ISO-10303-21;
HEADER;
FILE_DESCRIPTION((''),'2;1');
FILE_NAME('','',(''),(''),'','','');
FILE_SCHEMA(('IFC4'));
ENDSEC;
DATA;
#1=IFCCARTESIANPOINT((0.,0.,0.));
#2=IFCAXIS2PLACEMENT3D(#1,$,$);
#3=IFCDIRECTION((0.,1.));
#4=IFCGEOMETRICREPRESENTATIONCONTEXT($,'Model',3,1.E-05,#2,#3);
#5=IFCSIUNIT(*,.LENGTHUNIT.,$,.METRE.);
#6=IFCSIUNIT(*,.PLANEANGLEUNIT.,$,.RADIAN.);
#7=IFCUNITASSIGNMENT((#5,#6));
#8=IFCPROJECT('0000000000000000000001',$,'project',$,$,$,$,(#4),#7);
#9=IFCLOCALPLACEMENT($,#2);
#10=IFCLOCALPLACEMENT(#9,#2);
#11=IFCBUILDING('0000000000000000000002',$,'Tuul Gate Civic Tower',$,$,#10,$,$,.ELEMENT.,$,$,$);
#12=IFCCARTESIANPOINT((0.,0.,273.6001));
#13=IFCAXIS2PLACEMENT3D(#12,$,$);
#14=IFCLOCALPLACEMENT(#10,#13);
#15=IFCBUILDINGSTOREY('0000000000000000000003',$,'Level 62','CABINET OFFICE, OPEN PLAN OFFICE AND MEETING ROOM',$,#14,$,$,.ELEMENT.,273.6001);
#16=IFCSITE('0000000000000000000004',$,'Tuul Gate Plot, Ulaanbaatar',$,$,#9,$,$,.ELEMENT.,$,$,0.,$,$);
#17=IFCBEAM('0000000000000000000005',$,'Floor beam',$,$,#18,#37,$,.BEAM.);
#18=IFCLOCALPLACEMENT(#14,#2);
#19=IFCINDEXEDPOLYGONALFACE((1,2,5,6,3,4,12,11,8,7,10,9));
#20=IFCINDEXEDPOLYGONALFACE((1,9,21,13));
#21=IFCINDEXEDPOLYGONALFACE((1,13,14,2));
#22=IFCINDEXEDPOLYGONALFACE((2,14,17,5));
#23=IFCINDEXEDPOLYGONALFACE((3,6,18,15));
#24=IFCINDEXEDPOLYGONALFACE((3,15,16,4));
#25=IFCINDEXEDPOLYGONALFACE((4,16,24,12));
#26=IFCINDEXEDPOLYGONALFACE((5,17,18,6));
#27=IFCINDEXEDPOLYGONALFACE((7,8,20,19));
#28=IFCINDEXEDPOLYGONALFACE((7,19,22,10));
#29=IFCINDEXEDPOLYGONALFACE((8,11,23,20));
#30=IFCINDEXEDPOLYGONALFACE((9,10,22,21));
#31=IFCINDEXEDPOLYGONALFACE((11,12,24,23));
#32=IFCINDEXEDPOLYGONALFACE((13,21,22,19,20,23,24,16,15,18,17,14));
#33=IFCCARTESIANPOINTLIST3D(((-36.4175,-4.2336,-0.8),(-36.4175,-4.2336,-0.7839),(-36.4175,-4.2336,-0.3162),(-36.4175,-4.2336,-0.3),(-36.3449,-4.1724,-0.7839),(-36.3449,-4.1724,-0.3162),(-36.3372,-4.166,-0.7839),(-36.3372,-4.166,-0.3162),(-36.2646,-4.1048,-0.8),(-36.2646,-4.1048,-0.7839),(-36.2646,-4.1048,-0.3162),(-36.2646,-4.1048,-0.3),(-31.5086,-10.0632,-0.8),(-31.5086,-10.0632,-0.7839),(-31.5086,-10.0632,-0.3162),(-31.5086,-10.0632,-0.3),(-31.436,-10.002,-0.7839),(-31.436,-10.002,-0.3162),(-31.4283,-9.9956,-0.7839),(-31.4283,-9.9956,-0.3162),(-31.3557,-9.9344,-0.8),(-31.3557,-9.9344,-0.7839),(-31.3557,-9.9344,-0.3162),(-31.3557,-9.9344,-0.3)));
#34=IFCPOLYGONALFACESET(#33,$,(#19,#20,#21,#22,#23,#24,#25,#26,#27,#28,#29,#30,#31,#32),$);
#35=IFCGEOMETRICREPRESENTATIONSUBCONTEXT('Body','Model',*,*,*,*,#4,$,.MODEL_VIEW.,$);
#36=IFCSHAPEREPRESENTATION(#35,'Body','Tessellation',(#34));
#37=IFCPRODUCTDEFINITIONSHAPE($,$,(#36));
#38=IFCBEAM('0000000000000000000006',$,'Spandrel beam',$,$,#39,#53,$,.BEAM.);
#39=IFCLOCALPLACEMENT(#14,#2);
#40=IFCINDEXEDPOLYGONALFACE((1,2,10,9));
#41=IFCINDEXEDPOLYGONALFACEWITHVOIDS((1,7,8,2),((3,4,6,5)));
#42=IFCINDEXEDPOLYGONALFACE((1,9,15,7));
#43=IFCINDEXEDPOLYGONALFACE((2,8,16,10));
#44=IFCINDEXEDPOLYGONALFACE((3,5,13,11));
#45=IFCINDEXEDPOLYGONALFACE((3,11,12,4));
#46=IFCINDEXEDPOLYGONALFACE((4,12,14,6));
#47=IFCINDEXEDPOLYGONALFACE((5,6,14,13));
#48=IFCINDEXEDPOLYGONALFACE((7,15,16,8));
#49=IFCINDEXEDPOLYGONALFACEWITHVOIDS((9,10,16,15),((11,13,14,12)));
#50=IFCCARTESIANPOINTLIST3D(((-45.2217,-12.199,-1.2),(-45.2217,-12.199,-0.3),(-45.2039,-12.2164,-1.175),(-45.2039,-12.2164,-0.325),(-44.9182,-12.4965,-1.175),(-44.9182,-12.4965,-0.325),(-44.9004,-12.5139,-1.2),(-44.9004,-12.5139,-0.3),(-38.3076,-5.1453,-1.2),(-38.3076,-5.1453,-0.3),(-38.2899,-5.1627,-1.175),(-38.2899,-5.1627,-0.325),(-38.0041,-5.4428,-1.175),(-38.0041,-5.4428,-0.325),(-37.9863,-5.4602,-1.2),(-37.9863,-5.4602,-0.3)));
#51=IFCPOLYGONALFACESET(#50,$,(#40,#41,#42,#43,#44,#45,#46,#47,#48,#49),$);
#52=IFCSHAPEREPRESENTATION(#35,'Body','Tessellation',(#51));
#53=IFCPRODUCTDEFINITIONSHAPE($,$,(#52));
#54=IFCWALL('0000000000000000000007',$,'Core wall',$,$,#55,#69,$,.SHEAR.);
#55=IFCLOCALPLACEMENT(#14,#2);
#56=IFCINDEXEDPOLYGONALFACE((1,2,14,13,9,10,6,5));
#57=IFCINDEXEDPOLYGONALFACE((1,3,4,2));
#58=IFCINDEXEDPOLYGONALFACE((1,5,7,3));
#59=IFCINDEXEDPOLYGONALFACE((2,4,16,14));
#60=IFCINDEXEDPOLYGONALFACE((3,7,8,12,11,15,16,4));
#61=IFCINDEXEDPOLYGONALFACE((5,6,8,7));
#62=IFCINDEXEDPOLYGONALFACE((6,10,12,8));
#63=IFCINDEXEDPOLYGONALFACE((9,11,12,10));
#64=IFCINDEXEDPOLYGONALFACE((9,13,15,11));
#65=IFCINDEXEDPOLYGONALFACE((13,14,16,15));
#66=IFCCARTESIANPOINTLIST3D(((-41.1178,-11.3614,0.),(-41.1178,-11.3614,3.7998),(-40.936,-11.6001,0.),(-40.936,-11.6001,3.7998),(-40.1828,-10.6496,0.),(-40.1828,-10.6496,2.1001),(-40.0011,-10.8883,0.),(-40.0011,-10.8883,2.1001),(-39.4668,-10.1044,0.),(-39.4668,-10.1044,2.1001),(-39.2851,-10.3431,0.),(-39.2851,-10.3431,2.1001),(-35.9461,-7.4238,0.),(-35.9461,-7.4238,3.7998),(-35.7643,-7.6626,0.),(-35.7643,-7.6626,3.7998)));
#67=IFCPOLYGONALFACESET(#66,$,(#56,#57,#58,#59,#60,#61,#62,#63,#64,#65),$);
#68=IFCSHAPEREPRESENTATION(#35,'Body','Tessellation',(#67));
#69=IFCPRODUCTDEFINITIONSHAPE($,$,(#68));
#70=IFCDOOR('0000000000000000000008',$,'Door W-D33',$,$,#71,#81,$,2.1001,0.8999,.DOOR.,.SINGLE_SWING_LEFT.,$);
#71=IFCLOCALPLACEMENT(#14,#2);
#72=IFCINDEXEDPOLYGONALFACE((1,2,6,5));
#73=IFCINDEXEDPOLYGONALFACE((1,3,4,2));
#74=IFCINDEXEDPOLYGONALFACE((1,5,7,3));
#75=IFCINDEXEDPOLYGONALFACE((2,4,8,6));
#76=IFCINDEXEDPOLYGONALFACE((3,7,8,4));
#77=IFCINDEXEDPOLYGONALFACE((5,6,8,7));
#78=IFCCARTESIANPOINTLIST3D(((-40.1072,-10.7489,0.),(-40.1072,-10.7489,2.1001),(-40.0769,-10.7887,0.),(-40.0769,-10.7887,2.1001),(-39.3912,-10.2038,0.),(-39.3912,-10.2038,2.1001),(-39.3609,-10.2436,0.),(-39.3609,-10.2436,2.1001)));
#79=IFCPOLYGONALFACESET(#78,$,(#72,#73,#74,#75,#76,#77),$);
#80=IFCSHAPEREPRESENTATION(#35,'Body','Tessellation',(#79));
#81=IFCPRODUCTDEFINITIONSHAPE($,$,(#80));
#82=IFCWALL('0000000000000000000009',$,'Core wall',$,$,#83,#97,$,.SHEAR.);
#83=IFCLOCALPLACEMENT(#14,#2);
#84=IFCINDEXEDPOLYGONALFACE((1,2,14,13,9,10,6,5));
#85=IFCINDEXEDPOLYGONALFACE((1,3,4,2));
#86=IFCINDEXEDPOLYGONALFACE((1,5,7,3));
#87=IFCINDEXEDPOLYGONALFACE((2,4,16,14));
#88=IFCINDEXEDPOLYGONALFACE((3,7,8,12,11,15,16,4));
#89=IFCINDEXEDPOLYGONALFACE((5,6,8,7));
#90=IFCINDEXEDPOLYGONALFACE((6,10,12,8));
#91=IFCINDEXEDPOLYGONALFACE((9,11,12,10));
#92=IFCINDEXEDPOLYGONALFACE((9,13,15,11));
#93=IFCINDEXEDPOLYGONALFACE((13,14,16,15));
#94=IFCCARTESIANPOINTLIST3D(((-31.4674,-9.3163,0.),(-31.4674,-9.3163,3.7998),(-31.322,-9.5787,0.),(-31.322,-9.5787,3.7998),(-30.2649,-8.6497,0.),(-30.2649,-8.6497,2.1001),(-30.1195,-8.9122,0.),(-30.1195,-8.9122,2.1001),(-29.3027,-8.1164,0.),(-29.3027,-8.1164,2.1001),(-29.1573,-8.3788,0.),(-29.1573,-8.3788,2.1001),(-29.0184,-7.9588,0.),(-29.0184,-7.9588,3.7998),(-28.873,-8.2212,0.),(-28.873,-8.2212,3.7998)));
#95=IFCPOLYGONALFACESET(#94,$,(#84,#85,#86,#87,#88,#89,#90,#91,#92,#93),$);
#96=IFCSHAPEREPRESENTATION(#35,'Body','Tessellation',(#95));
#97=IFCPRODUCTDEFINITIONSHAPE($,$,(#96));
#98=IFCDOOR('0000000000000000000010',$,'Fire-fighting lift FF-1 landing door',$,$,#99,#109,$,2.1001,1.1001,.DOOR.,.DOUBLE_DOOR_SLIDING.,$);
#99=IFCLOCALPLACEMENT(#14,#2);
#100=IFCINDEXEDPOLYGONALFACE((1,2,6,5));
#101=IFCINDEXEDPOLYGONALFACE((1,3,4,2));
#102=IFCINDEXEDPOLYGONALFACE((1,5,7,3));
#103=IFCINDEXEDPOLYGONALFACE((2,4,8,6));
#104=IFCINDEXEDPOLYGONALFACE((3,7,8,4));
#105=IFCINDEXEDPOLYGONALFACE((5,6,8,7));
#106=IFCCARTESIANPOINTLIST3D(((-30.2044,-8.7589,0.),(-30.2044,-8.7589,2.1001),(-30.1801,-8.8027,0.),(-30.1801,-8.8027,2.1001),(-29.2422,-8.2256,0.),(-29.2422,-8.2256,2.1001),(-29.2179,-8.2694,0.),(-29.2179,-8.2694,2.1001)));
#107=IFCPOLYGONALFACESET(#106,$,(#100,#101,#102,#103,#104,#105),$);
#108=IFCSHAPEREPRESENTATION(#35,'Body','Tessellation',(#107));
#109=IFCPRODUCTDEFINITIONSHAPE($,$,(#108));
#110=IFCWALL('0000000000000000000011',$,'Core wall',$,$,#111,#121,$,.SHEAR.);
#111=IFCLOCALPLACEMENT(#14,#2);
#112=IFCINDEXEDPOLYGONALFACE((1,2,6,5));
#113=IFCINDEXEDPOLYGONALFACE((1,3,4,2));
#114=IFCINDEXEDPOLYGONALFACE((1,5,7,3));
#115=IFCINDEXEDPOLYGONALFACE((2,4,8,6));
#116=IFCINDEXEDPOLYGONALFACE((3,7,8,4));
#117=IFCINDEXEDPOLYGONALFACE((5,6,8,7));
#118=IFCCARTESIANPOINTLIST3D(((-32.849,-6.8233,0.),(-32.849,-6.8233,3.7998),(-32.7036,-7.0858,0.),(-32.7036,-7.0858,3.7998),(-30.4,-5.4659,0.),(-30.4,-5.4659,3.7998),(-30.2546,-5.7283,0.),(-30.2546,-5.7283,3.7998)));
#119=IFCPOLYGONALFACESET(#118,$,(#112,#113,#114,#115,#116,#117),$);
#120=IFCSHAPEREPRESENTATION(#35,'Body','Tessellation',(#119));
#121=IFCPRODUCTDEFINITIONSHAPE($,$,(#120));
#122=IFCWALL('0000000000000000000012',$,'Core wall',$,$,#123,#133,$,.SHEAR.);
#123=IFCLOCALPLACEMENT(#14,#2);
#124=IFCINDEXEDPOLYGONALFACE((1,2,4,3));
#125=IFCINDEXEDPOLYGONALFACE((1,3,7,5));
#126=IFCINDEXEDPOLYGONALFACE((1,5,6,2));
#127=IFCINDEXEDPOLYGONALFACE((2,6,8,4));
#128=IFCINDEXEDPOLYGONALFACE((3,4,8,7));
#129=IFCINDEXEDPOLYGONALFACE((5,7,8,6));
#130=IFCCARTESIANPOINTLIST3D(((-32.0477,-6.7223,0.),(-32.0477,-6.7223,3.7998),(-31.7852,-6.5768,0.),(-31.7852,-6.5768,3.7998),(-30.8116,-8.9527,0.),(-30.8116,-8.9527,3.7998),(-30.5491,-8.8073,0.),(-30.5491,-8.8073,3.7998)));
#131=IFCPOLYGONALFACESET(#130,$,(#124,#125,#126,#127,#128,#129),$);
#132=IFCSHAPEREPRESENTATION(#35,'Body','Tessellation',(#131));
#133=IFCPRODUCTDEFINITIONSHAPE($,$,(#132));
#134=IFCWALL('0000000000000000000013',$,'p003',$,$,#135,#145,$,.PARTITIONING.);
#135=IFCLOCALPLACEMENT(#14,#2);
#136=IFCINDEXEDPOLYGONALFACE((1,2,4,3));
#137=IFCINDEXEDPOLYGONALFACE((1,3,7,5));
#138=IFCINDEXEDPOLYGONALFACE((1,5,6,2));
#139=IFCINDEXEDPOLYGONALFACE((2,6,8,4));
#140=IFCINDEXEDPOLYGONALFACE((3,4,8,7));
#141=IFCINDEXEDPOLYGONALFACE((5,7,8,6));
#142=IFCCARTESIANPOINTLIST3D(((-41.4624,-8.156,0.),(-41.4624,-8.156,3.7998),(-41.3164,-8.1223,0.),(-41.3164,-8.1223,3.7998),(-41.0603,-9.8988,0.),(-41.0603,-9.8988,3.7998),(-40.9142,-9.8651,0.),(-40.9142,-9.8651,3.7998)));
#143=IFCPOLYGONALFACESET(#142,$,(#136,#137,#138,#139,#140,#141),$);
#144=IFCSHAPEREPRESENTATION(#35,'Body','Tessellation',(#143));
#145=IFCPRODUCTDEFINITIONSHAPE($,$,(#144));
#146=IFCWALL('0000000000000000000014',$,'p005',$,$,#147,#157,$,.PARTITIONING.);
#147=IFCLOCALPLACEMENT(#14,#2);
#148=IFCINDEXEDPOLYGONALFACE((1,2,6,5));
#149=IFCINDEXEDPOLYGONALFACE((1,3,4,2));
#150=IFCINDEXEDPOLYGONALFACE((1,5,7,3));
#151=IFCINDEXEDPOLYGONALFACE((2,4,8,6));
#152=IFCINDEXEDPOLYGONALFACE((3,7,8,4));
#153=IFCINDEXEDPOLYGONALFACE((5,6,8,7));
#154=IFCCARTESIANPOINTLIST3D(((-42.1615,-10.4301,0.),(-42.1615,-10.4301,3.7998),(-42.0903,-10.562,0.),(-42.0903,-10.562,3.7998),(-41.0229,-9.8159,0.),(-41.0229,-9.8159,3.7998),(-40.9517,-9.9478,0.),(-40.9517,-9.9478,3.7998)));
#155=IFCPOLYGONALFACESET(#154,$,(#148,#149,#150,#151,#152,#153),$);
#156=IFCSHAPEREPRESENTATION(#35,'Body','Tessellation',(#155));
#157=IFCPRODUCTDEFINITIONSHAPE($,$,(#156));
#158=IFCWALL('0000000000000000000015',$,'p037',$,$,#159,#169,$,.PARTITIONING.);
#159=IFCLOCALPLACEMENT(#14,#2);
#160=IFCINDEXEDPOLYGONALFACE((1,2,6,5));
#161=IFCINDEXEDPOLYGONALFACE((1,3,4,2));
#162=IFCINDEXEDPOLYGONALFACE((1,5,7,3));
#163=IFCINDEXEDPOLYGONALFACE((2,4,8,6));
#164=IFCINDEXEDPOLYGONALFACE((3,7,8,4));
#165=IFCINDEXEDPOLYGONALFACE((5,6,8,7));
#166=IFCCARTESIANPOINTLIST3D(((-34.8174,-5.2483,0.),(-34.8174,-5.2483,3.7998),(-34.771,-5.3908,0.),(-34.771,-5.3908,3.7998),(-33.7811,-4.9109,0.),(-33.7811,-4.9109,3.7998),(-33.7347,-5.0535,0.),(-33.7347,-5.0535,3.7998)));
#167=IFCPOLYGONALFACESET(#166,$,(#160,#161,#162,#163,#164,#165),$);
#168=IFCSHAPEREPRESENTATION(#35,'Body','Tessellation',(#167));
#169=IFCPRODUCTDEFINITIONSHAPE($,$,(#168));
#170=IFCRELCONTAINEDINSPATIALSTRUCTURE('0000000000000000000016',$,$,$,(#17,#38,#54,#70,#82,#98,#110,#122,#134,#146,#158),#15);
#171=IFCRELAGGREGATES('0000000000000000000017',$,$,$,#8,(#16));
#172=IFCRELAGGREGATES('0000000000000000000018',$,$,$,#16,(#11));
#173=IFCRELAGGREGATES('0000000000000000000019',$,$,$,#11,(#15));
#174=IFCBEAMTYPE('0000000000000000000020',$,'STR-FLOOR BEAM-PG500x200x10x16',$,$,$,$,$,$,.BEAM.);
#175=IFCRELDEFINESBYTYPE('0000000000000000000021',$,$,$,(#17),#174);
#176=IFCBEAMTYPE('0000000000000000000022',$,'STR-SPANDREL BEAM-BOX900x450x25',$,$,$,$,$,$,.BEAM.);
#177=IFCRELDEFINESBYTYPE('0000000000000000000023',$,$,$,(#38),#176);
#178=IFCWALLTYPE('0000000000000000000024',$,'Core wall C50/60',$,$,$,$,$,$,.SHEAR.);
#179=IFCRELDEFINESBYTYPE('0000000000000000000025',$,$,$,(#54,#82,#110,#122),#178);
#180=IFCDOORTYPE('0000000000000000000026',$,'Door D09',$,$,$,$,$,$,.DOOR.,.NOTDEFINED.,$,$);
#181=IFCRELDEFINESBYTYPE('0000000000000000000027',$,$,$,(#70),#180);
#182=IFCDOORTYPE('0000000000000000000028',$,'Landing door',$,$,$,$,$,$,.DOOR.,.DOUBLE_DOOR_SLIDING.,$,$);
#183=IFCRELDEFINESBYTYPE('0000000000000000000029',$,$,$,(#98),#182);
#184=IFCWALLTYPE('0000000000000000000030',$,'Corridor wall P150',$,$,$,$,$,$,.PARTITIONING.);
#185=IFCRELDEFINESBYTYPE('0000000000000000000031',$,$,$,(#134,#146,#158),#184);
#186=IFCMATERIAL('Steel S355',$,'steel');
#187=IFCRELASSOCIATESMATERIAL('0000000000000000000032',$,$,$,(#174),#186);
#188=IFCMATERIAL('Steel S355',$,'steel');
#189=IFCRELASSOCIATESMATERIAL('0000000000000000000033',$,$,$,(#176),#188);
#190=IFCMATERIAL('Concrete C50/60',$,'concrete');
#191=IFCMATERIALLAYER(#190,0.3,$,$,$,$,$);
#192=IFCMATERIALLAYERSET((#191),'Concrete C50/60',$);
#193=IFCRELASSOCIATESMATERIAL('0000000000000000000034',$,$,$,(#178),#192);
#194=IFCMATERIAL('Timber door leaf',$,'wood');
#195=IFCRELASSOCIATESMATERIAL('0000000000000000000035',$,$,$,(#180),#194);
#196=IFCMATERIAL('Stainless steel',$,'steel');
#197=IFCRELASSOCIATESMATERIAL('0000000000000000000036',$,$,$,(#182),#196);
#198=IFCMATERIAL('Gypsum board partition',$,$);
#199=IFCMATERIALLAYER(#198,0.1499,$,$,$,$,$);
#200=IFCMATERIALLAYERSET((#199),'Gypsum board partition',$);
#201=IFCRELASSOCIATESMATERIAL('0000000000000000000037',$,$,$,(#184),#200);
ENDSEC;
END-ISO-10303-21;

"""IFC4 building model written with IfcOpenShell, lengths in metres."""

from ifc_helpers import new_model, si_unit, direction, frame, frame_2d, origin, origin_2d, place, context, subcontext, project, spatial, rectangle, hollow_rectangle, i_section, extrude, material, layer, layer_set, material_profile, profile_set, type_object, element, fill, save


model = new_model("IFC4")

# Units and contexts
model_context = context("Model", 3, precision=1e-05, world=origin(), true_north=direction((0.0, 1.0)))
body_context = subcontext(model_context, "Body", "Model", "MODEL_VIEW")
ifc_project = project(units=[si_unit("LENGTHUNIT", "METRE"), si_unit("PLANEANGLEUNIT", "RADIAN")], contexts=[model_context])

# Site, building, storey
site_placement = place(None, origin())
site = spatial("IfcSite", under=ifc_project, at=site_placement, Name="Tuul Gate Plot, Ulaanbaatar", CompositionType="ELEMENT", RefElevation=0.0)
building_placement = place(site_placement, origin())
building = spatial("IfcBuilding", under=site, at=building_placement, Name="Tuul Gate Civic Tower", CompositionType="ELEMENT")
storey_placement = place(building_placement, frame((0.0, 0.0, 273.6001)))
storey = spatial("IfcBuildingStorey", under=building, at=storey_placement, Name="Level 62", Description="CABINET OFFICE, OPEN PLAN OFFICE AND MEETING ROOM", CompositionType="ELEMENT", Elevation=273.6001)

# Beams
ifc_material_1 = material(Name="Steel S355", Category="steel")
ifc_material_profile_1 = material_profile(ifc_material_1, i_section(OverallWidth=0.2, OverallDepth=0.5, WebThickness=0.01, FlangeThickness=0.0161, at=origin_2d()), Name="PG500x200x10x16")
ifc_profile_set_1 = profile_set([ifc_material_profile_1], Name="Steel S355")
beam_type_1 = type_object("IfcBeamType", Name="STR-FLOOR BEAM-PG500x200x10x16", PredefinedType="BEAM", material=ifc_profile_set_1)
beam_1_placement = place(storey_placement, frame((-31.4321, -9.9988, -0.55), z_axis=(-0.644121, 0.764924, 0.0), x_axis=(-0.764924, -0.644121, 0.0)))
element("IfcBeam", 1, at=beam_1_placement, inside=storey, type_object=beam_type_1, Name="Floor beam", PredefinedType="BEAM", context=body_context, shape_type="SweptSolid", body=[
    extrude(i_section(OverallWidth=0.2, OverallDepth=0.5, WebThickness=0.01, FlangeThickness=0.0161, at=origin_2d()), origin(), (0.0, 0.0, 1.0), 7.6211),
])
ifc_material_2 = material(Name="Steel S355", Category="steel")
ifc_material_profile_2 = material_profile(ifc_material_2, hollow_rectangle(XDim=0.45, YDim=0.8999, WallThickness=0.0249, at=origin_2d()), Name="BOX900x450x25")
ifc_profile_set_2 = profile_set([ifc_material_profile_2], Name="Steel S355")
beam_type_2 = type_object("IfcBeamType", Name="STR-SPANDREL BEAM-BOX900x450x25", PredefinedType="BEAM", material=ifc_profile_set_2)
beam_2_placement = place(storey_placement, frame((-38.147, -5.3027, -0.75), z_axis=(-0.700002, -0.714141, 0.0), x_axis=(0.714141, -0.700002, 0.0)))
element("IfcBeam", 2, at=beam_2_placement, inside=storey, type_object=beam_type_2, Name="Spandrel beam", PredefinedType="BEAM", context=body_context, shape_type="SweptSolid", body=[
    extrude(hollow_rectangle(XDim=0.45, YDim=0.8999, WallThickness=0.0249, at=origin_2d()), origin(), (0.0, 0.0, 1.0), 9.8772),
])

# Walls, openings, doors
ifc_material_3 = material(Name="Concrete C50/60", Category="concrete")
ifc_layer_1 = layer(ifc_material_3, 0.3)
ifc_layer_set_1 = layer_set([ifc_layer_1], Name="Concrete C50/60")
wall_type_1 = type_object("IfcWallType", Name="Core wall C50/60", PredefinedType="SHEAR", material=ifc_layer_set_1)
wall_1_placement = place(storey_placement, frame((-35.8552, -7.5432, 0.0), z_axis=(0.0, 0.0, 1.0), x_axis=(-0.795639, -0.605772, 0.0)))
wall_1 = element("IfcWall", 3, at=wall_1_placement, inside=storey, type_object=wall_type_1, Name="Core wall", PredefinedType="SHEAR", context=body_context, shape_type="SweptSolid", body=[
    extrude(rectangle(XDim=6.5, YDim=0.3, at=frame_2d((3.25, 0.0))), origin(), (0.0, 0.0, 1.0), 3.7998),
])
opening_1_placement = place(wall_1_placement, frame((4.425, 0.0, 0.0)))
opening_1 = element("IfcOpeningElement", 4, at=opening_1_placement, cuts=wall_1, PredefinedType="OPENING", context=body_context, shape_type="SweptSolid", body=[
    extrude(rectangle(XDim=0.8999, YDim=2.1001, at=frame_2d((0.45, 1.05))), frame((0.0, 0.1602, 0.0), z_axis=(0.0, -1.0, 0.0), x_axis=(1.0, 0.0, 0.0)), (0.0, 0.0, 1.0), 0.3201),
])
ifc_material_4 = material(Name="Timber door leaf", Category="wood")
door_type_1 = type_object("IfcDoorType", Name="Door D09", OperationType="NOTDEFINED", PredefinedType="DOOR", material=ifc_material_4)
door_1_placement = place(opening_1_placement, origin())
door_1 = element("IfcDoor", 5, at=door_1_placement, inside=storey, type_object=door_type_1, Name="Door W-D33", OperationType="SINGLE_SWING_LEFT", OverallHeight=2.1001, OverallWidth=0.8999, PredefinedType="DOOR", context=body_context, shape_type="SweptSolid", body=[
    extrude(rectangle(XDim=0.8999, YDim=2.1001, at=frame_2d((0.45, 1.05))), frame((0.0, 0.0249, 0.0), z_axis=(0.0, -1.0, 0.0), x_axis=(1.0, 0.0, 0.0)), (0.0, 0.0, 1.0), 0.05),
])
fill(opening_1, door_1)
wall_2_placement = place(storey_placement, frame((-28.9458, -8.0901, 0.0), z_axis=(0.0, 0.0, 1.0), x_axis=(-0.87463, -0.484791, 0.0)))
wall_2 = element("IfcWall", 6, at=wall_2_placement, inside=storey, type_object=wall_type_1, Name="Core wall", PredefinedType="SHEAR", context=body_context, shape_type="SweptSolid", body=[
    extrude(rectangle(XDim=2.8, YDim=0.3, at=frame_2d((1.3999, 0.0))), origin(), (0.0, 0.0, 1.0), 3.7998),
])
opening_2_placement = place(wall_2_placement, frame((0.325, 0.0, 0.0)))
opening_2 = element("IfcOpeningElement", 7, at=opening_2_placement, cuts=wall_2, PredefinedType="OPENING", context=body_context, shape_type="SweptSolid", body=[
    extrude(rectangle(XDim=1.1001, YDim=2.1001, at=frame_2d((0.55, 1.05))), frame((0.0, 0.1602, 0.0), z_axis=(0.0, -1.0, 0.0), x_axis=(1.0, 0.0, 0.0)), (0.0, 0.0, 1.0), 0.3201),
])
ifc_material_5 = material(Name="Stainless steel", Category="steel")
door_type_2 = type_object("IfcDoorType", Name="Landing door", OperationType="DOUBLE_DOOR_SLIDING", PredefinedType="DOOR", material=ifc_material_5)
door_2_placement = place(opening_2_placement, origin())
door_2 = element("IfcDoor", 8, at=door_2_placement, inside=storey, type_object=door_type_2, Name="Fire-fighting lift FF-1 landing door", OperationType="DOUBLE_DOOR_SLIDING", OverallHeight=2.1001, OverallWidth=1.1001, PredefinedType="DOOR", context=body_context, shape_type="SweptSolid", body=[
    extrude(rectangle(XDim=1.1001, YDim=2.1001, at=frame_2d((0.55, 1.05))), frame((0.0, 0.0249, 0.0), z_axis=(0.0, -1.0, 0.0), x_axis=(1.0, 0.0, 0.0)), (0.0, 0.0, 1.0), 0.05),
])
fill(opening_2, door_2)

# Walls
wall_3_placement = place(storey_placement, frame((-30.3274, -5.5972, 0.0), z_axis=(0.0, 0.0, 1.0), x_axis=(-0.87463, -0.484791, 0.0)))
element("IfcWall", 9, at=wall_3_placement, inside=storey, type_object=wall_type_1, Name="Core wall", PredefinedType="SHEAR", context=body_context, shape_type="SweptSolid", body=[
    extrude(rectangle(XDim=2.8, YDim=0.3, at=frame_2d((1.3999, 0.0))), origin(), (0.0, 0.0, 1.0), 3.7998),
])
wall_4_placement = place(storey_placement, frame((-30.6804, -8.8799, 0.0), z_axis=(0.0, 0.0, 1.0), x_axis=(-0.484724, 0.874667, 0.0)))
element("IfcWall", 10, at=wall_4_placement, inside=storey, type_object=wall_type_1, Name="Core wall", PredefinedType="SHEAR", context=body_context, shape_type="SweptSolid", body=[
    extrude(rectangle(XDim=2.55, YDim=0.3, at=frame_2d((1.2749, 0.0))), origin(), (0.0, 0.0, 1.0), 3.7998),
])
ifc_material_6 = material(Name="Gypsum board partition")
ifc_layer_2 = layer(ifc_material_6, 0.1499)
ifc_layer_set_2 = layer_set([ifc_layer_2], Name="Gypsum board partition")
wall_type_2 = type_object("IfcWallType", Name="Corridor wall P150", PredefinedType="PARTITIONING", material=ifc_layer_set_2)
wall_5_placement = place(storey_placement, frame((-41.3894, -8.1392, 0.0), z_axis=(0.0, 0.0, 1.0), x_axis=(0.22483, -0.974398, 0.0)))
element("IfcWall", 11, at=wall_5_placement, inside=storey, type_object=wall_type_2, Name="p003", PredefinedType="PARTITIONING", context=body_context, shape_type="SweptSolid", body=[
    extrude(rectangle(XDim=1.7886, YDim=0.1499, at=frame_2d((0.8943, 0.0))), origin(), (0.0, 0.0, 1.0), 3.7998),
])
wall_6_placement = place(storey_placement, frame((-42.126, -10.4961, 0.0), z_axis=(0.0, 0.0, 1.0), x_axis=(0.880107, 0.474775, 0.0)))
element("IfcWall", 12, at=wall_6_placement, inside=storey, type_object=wall_type_2, Name="p005", PredefinedType="PARTITIONING", context=body_context, shape_type="SweptSolid", body=[
    extrude(rectangle(XDim=1.2937, YDim=0.1499, at=frame_2d((0.647, 0.0))), origin(), (0.0, 0.0, 1.0), 3.7998),
])
wall_7_placement = place(storey_placement, frame((-34.7942, -5.3196, 0.0), z_axis=(0.0, 0.0, 1.0), x_axis=(0.950878, 0.309567, 0.0)))
element("IfcWall", 13, at=wall_7_placement, inside=storey, type_object=wall_type_2, Name="p037", PredefinedType="PARTITIONING", context=body_context, shape_type="SweptSolid", body=[
    extrude(rectangle(XDim=1.0898, YDim=0.1499, at=frame_2d((0.5449, 0.0))), origin(), (0.0, 0.0, 1.0), 3.7998),
])

save(model, "model.ifc")
